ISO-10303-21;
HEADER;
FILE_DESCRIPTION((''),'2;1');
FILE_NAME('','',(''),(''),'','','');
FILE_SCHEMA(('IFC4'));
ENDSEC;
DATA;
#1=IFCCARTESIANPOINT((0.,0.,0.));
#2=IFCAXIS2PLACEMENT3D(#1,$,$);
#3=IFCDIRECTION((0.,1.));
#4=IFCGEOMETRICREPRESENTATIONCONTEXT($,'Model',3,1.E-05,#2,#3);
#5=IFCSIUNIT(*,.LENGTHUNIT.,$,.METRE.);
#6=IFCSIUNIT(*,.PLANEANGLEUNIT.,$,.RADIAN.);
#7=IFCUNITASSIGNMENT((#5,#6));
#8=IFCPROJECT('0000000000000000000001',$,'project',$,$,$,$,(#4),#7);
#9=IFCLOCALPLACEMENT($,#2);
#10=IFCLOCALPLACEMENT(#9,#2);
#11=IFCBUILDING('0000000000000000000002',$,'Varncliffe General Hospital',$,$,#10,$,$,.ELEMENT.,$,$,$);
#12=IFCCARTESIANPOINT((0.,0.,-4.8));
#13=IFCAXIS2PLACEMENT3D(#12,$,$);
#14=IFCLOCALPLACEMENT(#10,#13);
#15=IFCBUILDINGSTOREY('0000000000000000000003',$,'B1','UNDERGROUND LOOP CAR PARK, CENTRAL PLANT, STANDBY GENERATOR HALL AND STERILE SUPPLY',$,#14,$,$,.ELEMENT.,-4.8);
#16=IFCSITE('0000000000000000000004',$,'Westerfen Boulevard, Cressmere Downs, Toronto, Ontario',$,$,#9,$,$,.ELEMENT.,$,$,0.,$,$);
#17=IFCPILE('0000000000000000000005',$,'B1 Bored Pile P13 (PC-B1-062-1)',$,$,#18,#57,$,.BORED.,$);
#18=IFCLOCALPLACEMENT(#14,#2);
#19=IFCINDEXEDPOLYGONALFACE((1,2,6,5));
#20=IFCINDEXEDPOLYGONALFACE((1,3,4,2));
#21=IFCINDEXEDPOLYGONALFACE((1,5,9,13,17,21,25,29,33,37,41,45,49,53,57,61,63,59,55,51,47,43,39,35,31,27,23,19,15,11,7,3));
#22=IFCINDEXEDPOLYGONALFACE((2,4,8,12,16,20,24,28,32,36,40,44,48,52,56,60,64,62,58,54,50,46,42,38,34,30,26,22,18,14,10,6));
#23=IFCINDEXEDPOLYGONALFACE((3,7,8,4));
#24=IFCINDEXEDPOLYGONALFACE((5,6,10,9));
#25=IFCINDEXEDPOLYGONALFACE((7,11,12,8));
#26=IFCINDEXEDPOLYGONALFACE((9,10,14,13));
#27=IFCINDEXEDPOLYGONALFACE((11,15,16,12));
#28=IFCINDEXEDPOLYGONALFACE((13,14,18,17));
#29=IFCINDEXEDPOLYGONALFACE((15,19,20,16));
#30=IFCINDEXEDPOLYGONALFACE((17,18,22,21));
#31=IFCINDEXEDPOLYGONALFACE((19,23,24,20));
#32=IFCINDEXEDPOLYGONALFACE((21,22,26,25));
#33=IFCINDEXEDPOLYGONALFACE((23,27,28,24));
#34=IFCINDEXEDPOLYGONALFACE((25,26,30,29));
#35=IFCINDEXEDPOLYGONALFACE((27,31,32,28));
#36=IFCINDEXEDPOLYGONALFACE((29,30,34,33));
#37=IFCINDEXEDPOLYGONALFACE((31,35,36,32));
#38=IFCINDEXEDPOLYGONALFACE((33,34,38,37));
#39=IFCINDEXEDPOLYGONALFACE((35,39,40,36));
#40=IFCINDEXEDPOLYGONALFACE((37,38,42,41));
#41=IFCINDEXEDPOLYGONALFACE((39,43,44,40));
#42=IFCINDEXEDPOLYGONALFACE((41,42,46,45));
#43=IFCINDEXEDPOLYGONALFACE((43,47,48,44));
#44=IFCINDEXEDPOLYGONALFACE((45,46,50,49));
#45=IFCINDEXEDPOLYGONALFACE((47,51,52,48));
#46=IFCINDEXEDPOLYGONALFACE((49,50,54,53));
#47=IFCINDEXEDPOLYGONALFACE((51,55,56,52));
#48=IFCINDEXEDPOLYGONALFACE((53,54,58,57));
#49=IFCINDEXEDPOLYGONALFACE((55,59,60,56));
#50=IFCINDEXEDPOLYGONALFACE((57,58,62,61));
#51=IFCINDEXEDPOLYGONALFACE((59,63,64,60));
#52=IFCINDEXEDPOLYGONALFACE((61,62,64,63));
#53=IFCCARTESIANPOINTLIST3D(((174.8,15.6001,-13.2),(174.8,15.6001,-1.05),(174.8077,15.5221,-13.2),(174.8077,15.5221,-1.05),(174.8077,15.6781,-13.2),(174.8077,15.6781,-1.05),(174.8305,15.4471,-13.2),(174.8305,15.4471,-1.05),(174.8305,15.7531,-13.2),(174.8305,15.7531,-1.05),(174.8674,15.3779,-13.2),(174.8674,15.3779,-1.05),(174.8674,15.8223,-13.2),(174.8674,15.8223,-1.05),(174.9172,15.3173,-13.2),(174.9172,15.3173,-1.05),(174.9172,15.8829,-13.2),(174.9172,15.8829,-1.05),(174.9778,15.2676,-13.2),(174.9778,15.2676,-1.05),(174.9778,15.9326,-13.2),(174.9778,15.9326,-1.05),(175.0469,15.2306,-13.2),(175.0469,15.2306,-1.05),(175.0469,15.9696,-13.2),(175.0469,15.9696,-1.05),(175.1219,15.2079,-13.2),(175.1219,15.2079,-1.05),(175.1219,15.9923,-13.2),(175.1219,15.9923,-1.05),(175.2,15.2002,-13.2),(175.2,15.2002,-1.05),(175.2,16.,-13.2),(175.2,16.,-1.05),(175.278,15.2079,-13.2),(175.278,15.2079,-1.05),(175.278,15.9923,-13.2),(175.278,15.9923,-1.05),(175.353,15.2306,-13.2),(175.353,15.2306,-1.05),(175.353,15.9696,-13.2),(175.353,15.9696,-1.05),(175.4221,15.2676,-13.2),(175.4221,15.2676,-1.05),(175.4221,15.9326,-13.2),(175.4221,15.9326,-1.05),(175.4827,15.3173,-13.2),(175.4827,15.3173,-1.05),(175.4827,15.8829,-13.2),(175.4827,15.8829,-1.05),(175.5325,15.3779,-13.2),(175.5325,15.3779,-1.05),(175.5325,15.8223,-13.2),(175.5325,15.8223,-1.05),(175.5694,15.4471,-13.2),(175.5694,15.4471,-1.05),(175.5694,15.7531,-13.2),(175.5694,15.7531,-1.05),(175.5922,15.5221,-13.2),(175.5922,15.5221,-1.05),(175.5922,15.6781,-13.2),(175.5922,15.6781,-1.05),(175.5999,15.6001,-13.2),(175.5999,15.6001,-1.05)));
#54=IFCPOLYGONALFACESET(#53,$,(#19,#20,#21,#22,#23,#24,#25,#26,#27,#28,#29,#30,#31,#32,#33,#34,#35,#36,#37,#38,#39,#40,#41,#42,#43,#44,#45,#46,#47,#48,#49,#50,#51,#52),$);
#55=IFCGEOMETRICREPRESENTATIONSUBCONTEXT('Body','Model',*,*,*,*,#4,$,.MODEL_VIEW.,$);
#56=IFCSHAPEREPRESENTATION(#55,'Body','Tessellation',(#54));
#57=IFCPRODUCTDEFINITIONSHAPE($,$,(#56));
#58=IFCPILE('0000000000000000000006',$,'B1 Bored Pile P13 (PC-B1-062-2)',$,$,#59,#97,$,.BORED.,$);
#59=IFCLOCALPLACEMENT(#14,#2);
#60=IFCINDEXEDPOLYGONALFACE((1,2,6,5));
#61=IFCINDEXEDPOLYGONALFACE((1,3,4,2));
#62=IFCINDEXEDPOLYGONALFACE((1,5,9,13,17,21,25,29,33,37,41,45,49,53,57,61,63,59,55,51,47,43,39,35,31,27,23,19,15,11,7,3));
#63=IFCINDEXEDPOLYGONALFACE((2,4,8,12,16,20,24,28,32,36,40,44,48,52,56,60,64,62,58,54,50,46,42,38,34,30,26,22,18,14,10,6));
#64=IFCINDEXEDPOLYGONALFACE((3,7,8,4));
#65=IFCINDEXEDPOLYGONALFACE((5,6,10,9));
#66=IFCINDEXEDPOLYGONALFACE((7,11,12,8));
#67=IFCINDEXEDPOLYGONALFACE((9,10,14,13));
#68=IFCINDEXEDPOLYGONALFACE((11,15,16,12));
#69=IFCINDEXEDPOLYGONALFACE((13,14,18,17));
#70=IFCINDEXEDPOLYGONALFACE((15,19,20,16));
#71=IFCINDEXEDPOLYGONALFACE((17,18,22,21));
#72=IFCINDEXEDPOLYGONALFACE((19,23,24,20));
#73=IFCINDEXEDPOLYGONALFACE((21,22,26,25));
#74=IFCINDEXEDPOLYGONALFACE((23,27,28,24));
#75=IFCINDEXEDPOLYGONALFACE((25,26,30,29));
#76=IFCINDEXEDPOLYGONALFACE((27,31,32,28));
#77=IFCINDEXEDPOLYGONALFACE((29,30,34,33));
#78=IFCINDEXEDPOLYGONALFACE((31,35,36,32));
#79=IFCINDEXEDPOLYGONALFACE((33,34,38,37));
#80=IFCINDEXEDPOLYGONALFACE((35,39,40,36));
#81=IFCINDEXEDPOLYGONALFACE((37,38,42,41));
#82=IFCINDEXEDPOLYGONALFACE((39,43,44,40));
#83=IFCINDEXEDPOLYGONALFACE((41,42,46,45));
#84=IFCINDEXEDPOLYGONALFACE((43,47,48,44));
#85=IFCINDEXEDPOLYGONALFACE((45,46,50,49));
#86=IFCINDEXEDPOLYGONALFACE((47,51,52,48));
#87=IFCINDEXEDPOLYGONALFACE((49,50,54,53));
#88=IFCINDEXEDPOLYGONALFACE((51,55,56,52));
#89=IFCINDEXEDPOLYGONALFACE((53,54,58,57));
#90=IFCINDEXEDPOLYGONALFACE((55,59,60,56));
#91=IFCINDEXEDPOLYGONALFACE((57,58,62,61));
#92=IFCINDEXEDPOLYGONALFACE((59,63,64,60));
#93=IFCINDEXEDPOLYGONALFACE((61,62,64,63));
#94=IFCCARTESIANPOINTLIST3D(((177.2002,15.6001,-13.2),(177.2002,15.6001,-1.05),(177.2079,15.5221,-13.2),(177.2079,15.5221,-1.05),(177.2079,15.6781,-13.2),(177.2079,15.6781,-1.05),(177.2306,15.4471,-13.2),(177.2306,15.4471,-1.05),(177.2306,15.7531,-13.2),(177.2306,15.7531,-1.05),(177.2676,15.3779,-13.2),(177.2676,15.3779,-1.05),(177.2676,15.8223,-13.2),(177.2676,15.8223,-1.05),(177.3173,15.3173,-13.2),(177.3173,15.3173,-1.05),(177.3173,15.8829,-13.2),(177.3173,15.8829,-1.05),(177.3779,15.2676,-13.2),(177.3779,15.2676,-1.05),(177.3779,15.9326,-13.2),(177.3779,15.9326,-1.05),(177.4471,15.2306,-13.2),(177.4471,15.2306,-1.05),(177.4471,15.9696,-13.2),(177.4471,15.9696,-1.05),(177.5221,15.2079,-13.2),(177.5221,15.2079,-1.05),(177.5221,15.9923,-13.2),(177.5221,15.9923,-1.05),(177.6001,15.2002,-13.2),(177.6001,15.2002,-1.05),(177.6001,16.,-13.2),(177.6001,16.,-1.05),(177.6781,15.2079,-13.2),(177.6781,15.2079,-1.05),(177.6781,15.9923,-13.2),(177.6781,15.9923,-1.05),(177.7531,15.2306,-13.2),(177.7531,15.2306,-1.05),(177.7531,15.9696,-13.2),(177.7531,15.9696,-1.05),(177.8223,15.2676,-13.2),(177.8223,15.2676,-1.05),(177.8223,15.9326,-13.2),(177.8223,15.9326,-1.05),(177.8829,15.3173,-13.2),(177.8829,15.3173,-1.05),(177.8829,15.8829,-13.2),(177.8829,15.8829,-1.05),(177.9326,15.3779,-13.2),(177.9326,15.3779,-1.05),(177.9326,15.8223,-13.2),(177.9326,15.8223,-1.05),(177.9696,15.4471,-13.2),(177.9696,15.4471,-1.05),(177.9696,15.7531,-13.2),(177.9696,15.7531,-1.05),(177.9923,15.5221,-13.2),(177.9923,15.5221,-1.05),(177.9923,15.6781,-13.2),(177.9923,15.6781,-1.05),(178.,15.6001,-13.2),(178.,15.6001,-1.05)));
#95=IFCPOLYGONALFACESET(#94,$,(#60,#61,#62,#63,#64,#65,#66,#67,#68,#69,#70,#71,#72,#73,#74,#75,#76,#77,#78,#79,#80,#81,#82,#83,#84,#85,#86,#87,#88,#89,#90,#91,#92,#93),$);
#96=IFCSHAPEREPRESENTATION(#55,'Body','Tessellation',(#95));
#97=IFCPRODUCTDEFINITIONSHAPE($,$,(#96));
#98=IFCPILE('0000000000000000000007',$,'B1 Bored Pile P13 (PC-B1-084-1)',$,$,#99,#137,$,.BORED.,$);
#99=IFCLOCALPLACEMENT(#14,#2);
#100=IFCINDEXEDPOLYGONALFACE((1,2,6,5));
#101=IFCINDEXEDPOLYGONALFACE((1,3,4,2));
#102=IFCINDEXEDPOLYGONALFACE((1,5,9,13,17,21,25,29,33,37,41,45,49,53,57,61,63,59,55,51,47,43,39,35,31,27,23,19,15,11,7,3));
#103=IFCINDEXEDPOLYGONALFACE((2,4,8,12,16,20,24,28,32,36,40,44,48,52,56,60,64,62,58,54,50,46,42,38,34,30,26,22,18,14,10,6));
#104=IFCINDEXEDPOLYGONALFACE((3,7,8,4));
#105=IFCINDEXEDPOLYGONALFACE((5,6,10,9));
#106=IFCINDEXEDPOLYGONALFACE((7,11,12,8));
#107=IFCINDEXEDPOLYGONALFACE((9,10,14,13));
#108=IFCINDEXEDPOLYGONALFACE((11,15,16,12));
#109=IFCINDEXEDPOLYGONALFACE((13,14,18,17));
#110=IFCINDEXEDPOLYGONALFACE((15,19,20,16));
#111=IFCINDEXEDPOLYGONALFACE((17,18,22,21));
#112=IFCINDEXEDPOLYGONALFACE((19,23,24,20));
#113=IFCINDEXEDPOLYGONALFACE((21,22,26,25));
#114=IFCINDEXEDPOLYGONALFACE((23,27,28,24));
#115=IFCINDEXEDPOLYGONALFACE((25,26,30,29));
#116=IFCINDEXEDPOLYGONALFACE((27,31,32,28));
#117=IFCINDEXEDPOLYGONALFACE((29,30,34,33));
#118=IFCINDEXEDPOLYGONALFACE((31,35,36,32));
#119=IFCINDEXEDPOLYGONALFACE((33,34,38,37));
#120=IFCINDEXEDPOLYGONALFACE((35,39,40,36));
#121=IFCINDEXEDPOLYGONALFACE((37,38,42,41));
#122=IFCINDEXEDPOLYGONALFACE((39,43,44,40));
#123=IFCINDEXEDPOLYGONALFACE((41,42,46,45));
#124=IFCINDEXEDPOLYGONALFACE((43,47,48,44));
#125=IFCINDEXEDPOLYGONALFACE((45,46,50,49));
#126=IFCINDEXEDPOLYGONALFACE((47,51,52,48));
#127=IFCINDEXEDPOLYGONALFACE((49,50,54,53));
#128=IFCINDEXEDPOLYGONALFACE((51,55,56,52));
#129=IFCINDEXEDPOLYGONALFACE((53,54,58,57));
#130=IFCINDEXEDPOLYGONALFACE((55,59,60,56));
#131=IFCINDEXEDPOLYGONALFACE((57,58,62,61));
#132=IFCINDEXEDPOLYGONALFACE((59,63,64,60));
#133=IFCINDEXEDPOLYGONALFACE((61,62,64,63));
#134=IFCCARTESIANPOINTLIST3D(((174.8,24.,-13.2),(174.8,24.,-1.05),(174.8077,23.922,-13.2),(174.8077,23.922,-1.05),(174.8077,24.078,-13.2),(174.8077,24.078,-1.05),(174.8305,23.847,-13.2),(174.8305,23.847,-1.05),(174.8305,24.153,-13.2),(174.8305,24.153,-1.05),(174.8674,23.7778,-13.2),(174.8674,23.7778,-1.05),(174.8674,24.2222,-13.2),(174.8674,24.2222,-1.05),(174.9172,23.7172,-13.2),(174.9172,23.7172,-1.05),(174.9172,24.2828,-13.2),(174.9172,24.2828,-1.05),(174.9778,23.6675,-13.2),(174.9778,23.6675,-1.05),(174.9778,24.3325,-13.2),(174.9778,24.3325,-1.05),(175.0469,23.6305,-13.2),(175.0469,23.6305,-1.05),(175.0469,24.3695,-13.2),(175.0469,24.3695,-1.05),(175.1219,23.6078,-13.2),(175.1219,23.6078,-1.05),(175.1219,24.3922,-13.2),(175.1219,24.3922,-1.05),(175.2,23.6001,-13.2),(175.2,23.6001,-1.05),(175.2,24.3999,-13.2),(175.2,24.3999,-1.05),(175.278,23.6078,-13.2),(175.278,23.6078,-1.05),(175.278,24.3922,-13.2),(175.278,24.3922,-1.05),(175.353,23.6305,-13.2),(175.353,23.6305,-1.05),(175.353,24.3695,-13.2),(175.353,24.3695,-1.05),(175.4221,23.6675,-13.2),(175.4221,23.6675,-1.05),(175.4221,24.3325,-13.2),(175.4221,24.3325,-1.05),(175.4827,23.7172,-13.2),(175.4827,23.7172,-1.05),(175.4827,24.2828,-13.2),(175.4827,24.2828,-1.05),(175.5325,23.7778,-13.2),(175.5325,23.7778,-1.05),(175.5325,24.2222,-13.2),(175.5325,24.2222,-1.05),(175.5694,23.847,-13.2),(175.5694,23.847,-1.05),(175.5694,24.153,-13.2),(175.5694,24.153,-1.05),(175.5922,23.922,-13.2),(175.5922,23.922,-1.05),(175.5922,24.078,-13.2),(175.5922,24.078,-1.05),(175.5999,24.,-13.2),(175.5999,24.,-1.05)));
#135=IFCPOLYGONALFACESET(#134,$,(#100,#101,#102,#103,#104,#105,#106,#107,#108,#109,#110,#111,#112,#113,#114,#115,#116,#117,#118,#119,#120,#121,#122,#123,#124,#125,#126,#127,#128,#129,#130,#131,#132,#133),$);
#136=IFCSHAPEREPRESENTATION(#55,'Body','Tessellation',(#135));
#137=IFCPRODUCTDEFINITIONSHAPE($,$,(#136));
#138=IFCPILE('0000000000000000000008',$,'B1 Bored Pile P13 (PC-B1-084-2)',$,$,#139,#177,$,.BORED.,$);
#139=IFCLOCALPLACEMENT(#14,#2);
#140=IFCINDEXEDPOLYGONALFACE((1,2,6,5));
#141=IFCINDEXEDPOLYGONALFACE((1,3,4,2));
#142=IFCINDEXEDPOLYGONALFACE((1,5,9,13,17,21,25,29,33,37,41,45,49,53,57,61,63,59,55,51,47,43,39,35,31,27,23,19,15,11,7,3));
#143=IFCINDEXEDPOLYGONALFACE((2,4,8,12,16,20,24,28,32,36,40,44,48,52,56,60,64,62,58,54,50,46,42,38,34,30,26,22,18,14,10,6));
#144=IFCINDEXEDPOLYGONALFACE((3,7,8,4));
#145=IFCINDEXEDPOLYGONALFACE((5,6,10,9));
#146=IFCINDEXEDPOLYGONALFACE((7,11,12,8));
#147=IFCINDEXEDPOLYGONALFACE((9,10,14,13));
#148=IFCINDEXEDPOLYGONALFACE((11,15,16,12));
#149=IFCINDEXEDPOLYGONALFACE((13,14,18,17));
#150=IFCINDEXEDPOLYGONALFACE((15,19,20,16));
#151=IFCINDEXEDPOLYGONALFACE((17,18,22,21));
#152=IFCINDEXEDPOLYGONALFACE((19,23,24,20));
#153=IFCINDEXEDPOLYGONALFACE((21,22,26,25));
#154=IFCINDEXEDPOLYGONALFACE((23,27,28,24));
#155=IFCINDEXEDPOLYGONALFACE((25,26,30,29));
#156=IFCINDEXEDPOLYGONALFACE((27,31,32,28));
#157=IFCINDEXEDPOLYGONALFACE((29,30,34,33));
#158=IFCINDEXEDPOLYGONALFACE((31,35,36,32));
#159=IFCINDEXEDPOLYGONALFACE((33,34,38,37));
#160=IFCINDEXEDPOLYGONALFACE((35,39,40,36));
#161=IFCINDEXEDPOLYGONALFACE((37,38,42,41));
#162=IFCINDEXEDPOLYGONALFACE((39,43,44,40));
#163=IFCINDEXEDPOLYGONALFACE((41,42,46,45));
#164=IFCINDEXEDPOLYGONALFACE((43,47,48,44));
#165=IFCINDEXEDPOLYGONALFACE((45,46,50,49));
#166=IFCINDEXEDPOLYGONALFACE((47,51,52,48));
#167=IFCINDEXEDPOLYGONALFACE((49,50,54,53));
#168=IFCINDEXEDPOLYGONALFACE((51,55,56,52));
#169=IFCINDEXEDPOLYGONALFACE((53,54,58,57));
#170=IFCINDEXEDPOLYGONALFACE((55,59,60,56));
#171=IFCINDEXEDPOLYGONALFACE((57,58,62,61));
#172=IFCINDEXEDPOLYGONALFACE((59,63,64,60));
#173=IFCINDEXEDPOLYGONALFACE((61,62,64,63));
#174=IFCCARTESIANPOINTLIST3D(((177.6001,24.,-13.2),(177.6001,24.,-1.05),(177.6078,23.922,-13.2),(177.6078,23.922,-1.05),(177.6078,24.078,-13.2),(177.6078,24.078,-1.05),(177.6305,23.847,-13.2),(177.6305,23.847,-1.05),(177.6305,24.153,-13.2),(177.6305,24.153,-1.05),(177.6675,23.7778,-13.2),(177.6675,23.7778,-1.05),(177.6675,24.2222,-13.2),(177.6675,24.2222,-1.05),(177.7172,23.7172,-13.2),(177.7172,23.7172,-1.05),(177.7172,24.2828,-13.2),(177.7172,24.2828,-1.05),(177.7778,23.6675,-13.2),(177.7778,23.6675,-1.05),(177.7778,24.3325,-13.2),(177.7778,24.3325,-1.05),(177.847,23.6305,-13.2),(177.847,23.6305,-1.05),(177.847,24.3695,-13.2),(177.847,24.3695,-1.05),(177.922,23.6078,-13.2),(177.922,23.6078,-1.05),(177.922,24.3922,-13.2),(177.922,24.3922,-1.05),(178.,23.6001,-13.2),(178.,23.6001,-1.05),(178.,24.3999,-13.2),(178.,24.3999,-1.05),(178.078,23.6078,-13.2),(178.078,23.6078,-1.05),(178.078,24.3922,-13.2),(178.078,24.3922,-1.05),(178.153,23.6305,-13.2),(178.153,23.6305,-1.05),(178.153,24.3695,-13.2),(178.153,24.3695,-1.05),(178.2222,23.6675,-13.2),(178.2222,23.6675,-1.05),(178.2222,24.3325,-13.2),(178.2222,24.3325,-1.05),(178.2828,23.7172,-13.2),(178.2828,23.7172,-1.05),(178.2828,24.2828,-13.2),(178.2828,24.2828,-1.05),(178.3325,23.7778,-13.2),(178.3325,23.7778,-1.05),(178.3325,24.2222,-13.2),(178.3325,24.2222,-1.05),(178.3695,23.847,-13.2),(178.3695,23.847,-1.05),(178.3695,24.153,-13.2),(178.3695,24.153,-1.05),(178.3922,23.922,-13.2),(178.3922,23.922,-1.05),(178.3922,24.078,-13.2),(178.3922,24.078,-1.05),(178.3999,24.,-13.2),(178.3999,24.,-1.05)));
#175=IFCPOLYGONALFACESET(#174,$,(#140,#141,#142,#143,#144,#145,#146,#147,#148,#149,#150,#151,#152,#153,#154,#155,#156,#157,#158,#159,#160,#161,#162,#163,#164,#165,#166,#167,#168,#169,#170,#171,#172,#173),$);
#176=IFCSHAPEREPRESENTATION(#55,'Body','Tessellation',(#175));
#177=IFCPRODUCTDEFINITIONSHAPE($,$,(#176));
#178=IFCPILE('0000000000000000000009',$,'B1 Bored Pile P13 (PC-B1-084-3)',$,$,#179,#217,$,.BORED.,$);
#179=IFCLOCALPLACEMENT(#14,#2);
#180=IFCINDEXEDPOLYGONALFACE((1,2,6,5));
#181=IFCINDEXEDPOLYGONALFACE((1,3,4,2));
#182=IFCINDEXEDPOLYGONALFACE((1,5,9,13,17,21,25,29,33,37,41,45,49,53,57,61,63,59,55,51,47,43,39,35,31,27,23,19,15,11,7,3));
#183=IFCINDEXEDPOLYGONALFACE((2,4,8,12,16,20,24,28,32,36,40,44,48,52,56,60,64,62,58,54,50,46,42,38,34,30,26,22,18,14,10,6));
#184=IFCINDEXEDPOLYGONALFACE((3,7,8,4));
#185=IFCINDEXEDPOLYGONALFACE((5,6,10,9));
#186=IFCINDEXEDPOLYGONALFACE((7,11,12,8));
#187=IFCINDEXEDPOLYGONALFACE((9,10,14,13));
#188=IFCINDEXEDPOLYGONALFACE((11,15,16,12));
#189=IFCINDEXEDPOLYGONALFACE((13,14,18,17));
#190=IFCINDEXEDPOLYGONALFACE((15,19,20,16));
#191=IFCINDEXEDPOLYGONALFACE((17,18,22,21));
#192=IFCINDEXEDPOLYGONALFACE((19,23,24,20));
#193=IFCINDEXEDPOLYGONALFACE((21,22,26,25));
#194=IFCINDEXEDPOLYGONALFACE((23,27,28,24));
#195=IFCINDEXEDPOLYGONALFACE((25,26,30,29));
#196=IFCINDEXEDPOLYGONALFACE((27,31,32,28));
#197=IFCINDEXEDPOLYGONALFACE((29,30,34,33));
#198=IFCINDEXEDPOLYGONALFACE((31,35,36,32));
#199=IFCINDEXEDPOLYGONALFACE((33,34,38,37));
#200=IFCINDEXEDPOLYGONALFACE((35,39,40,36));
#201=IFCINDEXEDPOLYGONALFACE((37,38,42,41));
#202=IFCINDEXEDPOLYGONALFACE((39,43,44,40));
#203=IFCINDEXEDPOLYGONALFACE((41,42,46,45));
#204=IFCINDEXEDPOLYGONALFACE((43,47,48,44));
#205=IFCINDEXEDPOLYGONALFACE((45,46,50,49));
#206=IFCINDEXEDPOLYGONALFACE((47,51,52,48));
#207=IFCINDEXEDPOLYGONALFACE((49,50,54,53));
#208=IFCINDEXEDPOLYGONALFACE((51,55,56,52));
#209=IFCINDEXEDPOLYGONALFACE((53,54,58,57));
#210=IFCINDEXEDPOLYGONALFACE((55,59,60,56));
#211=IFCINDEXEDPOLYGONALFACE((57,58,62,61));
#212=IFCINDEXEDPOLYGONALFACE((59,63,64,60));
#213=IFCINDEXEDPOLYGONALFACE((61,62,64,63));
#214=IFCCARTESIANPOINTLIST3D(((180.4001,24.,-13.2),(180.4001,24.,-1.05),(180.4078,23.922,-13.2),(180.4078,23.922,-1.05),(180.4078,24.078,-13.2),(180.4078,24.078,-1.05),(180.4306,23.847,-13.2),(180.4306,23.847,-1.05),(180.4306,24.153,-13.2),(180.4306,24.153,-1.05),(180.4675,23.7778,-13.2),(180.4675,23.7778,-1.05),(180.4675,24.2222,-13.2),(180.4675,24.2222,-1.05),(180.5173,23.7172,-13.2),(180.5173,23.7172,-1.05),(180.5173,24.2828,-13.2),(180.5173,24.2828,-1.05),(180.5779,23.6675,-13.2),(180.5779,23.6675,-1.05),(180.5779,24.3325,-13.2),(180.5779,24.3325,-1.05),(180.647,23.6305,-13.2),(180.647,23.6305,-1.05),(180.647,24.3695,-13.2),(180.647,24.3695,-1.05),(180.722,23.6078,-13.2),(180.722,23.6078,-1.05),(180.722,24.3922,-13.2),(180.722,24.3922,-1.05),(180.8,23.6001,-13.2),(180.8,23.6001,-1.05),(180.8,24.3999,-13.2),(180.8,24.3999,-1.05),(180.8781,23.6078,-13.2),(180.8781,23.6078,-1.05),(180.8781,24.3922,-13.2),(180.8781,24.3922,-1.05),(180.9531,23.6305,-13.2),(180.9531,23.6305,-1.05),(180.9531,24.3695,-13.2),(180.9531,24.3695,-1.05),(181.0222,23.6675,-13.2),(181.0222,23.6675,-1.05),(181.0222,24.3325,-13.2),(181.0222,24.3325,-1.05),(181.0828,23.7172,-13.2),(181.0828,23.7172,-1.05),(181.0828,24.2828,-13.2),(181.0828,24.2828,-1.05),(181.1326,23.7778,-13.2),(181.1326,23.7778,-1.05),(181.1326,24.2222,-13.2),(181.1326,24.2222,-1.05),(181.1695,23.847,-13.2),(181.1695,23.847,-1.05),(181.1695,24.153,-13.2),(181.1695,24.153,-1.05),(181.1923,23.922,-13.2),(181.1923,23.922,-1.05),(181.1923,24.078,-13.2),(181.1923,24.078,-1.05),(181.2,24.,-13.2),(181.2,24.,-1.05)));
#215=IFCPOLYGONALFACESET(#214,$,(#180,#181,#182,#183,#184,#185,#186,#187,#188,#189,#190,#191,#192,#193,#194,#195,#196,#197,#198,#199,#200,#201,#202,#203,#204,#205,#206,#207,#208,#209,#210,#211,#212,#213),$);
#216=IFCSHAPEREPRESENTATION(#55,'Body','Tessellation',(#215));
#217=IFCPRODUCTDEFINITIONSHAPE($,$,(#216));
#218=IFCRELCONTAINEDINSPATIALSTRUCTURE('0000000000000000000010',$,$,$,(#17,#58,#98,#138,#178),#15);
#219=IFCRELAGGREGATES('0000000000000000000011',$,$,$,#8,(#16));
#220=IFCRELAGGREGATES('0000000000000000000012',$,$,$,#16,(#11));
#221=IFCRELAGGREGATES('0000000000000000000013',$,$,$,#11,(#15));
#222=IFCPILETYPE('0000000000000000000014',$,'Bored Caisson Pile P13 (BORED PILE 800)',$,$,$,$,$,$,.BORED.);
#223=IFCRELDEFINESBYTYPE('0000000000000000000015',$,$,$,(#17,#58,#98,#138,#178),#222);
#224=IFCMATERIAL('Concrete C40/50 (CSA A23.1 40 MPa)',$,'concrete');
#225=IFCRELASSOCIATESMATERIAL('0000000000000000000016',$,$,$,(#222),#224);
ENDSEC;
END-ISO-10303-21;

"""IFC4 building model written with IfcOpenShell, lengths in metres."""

from ifc_helpers import new_model, si_unit, direction, frame, origin, origin_2d, place, context, subcontext, project, spatial, circle, extrude, material, material_profile, profile_set, type_object, element, save


model = new_model("IFC4")

# Units and contexts
model_context = context("Model", 3, precision=1e-05, world=origin(), true_north=direction((0.0, 1.0)))
body_context = subcontext(model_context, "Body", "Model", "MODEL_VIEW")
ifc_project = project(units=[si_unit("LENGTHUNIT", "METRE"), si_unit("PLANEANGLEUNIT", "RADIAN")], contexts=[model_context])

# Site, building, storey
site_placement = place(None, origin())
site = spatial("IfcSite", under=ifc_project, at=site_placement, Name="Westerfen Boulevard, Cressmere Downs, Toronto, Ontario", CompositionType="ELEMENT", RefElevation=0.0)
building_placement = place(site_placement, origin())
building = spatial("IfcBuilding", under=site, at=building_placement, Name="Varncliffe General Hospital", CompositionType="ELEMENT")
storey_placement = place(building_placement, frame((0.0, 0.0, -4.8)))
storey = spatial("IfcBuildingStorey", under=building, at=storey_placement, Name="B1", Description="UNDERGROUND LOOP CAR PARK, CENTRAL PLANT, STANDBY GENERATOR HALL AND STERILE SUPPLY", CompositionType="ELEMENT", Elevation=-4.8)

# Piles
ifc_material_1 = material(Name="Concrete C40/50 (CSA A23.1 40 MPa)", Category="concrete")
ifc_material_profile_1 = material_profile(ifc_material_1, circle(Radius=0.3999, at=origin_2d()), Name="BORED PILE 800")
ifc_profile_set_1 = profile_set([ifc_material_profile_1], Name="Concrete C40/50 (CSA A23.1 40 MPa)")
pile_type = type_object("IfcPileType", Name="Bored Caisson Pile P13 (BORED PILE 800)", PredefinedType="BORED", material=ifc_profile_set_1)
for number, where, z_axis, x_axis, name in (
    (1, (175.2, 15.6001, -1.05), (0.0, 0.0, -1.0), (1.0, 0.0, 0.0), "B1 Bored Pile P13 (PC-B1-062-1)"),
    (2, (177.6001, 15.6001, -1.05), (0.0, 0.0, -1.0), (1.0, 0.0, 0.0), "B1 Bored Pile P13 (PC-B1-062-2)"),
    (3, (175.2, 24.0, -1.05), (0.0, 0.0, -1.0), (1.0, 0.0, 0.0), "B1 Bored Pile P13 (PC-B1-084-1)"),
    (4, (178.0, 24.0, -1.05), (0.0, 0.0, -1.0), (1.0, 0.0, 0.0), "B1 Bored Pile P13 (PC-B1-084-2)"),
    (5, (180.8, 24.0, -1.05), (0.0, 0.0, -1.0), (1.0, 0.0, 0.0), "B1 Bored Pile P13 (PC-B1-084-3)"),
):
    element("IfcPile", number, at=place(storey_placement, frame(where, z_axis=z_axis, x_axis=x_axis)), inside=storey, type_object=pile_type, Name=name, PredefinedType="BORED", context=body_context, shape_type="SweptSolid", body=[
        extrude(circle(Radius=0.3999, at=origin_2d()), origin(), (0.0, 0.0, 1.0), 12.1499),
    ])

save(model, "model.ifc")
